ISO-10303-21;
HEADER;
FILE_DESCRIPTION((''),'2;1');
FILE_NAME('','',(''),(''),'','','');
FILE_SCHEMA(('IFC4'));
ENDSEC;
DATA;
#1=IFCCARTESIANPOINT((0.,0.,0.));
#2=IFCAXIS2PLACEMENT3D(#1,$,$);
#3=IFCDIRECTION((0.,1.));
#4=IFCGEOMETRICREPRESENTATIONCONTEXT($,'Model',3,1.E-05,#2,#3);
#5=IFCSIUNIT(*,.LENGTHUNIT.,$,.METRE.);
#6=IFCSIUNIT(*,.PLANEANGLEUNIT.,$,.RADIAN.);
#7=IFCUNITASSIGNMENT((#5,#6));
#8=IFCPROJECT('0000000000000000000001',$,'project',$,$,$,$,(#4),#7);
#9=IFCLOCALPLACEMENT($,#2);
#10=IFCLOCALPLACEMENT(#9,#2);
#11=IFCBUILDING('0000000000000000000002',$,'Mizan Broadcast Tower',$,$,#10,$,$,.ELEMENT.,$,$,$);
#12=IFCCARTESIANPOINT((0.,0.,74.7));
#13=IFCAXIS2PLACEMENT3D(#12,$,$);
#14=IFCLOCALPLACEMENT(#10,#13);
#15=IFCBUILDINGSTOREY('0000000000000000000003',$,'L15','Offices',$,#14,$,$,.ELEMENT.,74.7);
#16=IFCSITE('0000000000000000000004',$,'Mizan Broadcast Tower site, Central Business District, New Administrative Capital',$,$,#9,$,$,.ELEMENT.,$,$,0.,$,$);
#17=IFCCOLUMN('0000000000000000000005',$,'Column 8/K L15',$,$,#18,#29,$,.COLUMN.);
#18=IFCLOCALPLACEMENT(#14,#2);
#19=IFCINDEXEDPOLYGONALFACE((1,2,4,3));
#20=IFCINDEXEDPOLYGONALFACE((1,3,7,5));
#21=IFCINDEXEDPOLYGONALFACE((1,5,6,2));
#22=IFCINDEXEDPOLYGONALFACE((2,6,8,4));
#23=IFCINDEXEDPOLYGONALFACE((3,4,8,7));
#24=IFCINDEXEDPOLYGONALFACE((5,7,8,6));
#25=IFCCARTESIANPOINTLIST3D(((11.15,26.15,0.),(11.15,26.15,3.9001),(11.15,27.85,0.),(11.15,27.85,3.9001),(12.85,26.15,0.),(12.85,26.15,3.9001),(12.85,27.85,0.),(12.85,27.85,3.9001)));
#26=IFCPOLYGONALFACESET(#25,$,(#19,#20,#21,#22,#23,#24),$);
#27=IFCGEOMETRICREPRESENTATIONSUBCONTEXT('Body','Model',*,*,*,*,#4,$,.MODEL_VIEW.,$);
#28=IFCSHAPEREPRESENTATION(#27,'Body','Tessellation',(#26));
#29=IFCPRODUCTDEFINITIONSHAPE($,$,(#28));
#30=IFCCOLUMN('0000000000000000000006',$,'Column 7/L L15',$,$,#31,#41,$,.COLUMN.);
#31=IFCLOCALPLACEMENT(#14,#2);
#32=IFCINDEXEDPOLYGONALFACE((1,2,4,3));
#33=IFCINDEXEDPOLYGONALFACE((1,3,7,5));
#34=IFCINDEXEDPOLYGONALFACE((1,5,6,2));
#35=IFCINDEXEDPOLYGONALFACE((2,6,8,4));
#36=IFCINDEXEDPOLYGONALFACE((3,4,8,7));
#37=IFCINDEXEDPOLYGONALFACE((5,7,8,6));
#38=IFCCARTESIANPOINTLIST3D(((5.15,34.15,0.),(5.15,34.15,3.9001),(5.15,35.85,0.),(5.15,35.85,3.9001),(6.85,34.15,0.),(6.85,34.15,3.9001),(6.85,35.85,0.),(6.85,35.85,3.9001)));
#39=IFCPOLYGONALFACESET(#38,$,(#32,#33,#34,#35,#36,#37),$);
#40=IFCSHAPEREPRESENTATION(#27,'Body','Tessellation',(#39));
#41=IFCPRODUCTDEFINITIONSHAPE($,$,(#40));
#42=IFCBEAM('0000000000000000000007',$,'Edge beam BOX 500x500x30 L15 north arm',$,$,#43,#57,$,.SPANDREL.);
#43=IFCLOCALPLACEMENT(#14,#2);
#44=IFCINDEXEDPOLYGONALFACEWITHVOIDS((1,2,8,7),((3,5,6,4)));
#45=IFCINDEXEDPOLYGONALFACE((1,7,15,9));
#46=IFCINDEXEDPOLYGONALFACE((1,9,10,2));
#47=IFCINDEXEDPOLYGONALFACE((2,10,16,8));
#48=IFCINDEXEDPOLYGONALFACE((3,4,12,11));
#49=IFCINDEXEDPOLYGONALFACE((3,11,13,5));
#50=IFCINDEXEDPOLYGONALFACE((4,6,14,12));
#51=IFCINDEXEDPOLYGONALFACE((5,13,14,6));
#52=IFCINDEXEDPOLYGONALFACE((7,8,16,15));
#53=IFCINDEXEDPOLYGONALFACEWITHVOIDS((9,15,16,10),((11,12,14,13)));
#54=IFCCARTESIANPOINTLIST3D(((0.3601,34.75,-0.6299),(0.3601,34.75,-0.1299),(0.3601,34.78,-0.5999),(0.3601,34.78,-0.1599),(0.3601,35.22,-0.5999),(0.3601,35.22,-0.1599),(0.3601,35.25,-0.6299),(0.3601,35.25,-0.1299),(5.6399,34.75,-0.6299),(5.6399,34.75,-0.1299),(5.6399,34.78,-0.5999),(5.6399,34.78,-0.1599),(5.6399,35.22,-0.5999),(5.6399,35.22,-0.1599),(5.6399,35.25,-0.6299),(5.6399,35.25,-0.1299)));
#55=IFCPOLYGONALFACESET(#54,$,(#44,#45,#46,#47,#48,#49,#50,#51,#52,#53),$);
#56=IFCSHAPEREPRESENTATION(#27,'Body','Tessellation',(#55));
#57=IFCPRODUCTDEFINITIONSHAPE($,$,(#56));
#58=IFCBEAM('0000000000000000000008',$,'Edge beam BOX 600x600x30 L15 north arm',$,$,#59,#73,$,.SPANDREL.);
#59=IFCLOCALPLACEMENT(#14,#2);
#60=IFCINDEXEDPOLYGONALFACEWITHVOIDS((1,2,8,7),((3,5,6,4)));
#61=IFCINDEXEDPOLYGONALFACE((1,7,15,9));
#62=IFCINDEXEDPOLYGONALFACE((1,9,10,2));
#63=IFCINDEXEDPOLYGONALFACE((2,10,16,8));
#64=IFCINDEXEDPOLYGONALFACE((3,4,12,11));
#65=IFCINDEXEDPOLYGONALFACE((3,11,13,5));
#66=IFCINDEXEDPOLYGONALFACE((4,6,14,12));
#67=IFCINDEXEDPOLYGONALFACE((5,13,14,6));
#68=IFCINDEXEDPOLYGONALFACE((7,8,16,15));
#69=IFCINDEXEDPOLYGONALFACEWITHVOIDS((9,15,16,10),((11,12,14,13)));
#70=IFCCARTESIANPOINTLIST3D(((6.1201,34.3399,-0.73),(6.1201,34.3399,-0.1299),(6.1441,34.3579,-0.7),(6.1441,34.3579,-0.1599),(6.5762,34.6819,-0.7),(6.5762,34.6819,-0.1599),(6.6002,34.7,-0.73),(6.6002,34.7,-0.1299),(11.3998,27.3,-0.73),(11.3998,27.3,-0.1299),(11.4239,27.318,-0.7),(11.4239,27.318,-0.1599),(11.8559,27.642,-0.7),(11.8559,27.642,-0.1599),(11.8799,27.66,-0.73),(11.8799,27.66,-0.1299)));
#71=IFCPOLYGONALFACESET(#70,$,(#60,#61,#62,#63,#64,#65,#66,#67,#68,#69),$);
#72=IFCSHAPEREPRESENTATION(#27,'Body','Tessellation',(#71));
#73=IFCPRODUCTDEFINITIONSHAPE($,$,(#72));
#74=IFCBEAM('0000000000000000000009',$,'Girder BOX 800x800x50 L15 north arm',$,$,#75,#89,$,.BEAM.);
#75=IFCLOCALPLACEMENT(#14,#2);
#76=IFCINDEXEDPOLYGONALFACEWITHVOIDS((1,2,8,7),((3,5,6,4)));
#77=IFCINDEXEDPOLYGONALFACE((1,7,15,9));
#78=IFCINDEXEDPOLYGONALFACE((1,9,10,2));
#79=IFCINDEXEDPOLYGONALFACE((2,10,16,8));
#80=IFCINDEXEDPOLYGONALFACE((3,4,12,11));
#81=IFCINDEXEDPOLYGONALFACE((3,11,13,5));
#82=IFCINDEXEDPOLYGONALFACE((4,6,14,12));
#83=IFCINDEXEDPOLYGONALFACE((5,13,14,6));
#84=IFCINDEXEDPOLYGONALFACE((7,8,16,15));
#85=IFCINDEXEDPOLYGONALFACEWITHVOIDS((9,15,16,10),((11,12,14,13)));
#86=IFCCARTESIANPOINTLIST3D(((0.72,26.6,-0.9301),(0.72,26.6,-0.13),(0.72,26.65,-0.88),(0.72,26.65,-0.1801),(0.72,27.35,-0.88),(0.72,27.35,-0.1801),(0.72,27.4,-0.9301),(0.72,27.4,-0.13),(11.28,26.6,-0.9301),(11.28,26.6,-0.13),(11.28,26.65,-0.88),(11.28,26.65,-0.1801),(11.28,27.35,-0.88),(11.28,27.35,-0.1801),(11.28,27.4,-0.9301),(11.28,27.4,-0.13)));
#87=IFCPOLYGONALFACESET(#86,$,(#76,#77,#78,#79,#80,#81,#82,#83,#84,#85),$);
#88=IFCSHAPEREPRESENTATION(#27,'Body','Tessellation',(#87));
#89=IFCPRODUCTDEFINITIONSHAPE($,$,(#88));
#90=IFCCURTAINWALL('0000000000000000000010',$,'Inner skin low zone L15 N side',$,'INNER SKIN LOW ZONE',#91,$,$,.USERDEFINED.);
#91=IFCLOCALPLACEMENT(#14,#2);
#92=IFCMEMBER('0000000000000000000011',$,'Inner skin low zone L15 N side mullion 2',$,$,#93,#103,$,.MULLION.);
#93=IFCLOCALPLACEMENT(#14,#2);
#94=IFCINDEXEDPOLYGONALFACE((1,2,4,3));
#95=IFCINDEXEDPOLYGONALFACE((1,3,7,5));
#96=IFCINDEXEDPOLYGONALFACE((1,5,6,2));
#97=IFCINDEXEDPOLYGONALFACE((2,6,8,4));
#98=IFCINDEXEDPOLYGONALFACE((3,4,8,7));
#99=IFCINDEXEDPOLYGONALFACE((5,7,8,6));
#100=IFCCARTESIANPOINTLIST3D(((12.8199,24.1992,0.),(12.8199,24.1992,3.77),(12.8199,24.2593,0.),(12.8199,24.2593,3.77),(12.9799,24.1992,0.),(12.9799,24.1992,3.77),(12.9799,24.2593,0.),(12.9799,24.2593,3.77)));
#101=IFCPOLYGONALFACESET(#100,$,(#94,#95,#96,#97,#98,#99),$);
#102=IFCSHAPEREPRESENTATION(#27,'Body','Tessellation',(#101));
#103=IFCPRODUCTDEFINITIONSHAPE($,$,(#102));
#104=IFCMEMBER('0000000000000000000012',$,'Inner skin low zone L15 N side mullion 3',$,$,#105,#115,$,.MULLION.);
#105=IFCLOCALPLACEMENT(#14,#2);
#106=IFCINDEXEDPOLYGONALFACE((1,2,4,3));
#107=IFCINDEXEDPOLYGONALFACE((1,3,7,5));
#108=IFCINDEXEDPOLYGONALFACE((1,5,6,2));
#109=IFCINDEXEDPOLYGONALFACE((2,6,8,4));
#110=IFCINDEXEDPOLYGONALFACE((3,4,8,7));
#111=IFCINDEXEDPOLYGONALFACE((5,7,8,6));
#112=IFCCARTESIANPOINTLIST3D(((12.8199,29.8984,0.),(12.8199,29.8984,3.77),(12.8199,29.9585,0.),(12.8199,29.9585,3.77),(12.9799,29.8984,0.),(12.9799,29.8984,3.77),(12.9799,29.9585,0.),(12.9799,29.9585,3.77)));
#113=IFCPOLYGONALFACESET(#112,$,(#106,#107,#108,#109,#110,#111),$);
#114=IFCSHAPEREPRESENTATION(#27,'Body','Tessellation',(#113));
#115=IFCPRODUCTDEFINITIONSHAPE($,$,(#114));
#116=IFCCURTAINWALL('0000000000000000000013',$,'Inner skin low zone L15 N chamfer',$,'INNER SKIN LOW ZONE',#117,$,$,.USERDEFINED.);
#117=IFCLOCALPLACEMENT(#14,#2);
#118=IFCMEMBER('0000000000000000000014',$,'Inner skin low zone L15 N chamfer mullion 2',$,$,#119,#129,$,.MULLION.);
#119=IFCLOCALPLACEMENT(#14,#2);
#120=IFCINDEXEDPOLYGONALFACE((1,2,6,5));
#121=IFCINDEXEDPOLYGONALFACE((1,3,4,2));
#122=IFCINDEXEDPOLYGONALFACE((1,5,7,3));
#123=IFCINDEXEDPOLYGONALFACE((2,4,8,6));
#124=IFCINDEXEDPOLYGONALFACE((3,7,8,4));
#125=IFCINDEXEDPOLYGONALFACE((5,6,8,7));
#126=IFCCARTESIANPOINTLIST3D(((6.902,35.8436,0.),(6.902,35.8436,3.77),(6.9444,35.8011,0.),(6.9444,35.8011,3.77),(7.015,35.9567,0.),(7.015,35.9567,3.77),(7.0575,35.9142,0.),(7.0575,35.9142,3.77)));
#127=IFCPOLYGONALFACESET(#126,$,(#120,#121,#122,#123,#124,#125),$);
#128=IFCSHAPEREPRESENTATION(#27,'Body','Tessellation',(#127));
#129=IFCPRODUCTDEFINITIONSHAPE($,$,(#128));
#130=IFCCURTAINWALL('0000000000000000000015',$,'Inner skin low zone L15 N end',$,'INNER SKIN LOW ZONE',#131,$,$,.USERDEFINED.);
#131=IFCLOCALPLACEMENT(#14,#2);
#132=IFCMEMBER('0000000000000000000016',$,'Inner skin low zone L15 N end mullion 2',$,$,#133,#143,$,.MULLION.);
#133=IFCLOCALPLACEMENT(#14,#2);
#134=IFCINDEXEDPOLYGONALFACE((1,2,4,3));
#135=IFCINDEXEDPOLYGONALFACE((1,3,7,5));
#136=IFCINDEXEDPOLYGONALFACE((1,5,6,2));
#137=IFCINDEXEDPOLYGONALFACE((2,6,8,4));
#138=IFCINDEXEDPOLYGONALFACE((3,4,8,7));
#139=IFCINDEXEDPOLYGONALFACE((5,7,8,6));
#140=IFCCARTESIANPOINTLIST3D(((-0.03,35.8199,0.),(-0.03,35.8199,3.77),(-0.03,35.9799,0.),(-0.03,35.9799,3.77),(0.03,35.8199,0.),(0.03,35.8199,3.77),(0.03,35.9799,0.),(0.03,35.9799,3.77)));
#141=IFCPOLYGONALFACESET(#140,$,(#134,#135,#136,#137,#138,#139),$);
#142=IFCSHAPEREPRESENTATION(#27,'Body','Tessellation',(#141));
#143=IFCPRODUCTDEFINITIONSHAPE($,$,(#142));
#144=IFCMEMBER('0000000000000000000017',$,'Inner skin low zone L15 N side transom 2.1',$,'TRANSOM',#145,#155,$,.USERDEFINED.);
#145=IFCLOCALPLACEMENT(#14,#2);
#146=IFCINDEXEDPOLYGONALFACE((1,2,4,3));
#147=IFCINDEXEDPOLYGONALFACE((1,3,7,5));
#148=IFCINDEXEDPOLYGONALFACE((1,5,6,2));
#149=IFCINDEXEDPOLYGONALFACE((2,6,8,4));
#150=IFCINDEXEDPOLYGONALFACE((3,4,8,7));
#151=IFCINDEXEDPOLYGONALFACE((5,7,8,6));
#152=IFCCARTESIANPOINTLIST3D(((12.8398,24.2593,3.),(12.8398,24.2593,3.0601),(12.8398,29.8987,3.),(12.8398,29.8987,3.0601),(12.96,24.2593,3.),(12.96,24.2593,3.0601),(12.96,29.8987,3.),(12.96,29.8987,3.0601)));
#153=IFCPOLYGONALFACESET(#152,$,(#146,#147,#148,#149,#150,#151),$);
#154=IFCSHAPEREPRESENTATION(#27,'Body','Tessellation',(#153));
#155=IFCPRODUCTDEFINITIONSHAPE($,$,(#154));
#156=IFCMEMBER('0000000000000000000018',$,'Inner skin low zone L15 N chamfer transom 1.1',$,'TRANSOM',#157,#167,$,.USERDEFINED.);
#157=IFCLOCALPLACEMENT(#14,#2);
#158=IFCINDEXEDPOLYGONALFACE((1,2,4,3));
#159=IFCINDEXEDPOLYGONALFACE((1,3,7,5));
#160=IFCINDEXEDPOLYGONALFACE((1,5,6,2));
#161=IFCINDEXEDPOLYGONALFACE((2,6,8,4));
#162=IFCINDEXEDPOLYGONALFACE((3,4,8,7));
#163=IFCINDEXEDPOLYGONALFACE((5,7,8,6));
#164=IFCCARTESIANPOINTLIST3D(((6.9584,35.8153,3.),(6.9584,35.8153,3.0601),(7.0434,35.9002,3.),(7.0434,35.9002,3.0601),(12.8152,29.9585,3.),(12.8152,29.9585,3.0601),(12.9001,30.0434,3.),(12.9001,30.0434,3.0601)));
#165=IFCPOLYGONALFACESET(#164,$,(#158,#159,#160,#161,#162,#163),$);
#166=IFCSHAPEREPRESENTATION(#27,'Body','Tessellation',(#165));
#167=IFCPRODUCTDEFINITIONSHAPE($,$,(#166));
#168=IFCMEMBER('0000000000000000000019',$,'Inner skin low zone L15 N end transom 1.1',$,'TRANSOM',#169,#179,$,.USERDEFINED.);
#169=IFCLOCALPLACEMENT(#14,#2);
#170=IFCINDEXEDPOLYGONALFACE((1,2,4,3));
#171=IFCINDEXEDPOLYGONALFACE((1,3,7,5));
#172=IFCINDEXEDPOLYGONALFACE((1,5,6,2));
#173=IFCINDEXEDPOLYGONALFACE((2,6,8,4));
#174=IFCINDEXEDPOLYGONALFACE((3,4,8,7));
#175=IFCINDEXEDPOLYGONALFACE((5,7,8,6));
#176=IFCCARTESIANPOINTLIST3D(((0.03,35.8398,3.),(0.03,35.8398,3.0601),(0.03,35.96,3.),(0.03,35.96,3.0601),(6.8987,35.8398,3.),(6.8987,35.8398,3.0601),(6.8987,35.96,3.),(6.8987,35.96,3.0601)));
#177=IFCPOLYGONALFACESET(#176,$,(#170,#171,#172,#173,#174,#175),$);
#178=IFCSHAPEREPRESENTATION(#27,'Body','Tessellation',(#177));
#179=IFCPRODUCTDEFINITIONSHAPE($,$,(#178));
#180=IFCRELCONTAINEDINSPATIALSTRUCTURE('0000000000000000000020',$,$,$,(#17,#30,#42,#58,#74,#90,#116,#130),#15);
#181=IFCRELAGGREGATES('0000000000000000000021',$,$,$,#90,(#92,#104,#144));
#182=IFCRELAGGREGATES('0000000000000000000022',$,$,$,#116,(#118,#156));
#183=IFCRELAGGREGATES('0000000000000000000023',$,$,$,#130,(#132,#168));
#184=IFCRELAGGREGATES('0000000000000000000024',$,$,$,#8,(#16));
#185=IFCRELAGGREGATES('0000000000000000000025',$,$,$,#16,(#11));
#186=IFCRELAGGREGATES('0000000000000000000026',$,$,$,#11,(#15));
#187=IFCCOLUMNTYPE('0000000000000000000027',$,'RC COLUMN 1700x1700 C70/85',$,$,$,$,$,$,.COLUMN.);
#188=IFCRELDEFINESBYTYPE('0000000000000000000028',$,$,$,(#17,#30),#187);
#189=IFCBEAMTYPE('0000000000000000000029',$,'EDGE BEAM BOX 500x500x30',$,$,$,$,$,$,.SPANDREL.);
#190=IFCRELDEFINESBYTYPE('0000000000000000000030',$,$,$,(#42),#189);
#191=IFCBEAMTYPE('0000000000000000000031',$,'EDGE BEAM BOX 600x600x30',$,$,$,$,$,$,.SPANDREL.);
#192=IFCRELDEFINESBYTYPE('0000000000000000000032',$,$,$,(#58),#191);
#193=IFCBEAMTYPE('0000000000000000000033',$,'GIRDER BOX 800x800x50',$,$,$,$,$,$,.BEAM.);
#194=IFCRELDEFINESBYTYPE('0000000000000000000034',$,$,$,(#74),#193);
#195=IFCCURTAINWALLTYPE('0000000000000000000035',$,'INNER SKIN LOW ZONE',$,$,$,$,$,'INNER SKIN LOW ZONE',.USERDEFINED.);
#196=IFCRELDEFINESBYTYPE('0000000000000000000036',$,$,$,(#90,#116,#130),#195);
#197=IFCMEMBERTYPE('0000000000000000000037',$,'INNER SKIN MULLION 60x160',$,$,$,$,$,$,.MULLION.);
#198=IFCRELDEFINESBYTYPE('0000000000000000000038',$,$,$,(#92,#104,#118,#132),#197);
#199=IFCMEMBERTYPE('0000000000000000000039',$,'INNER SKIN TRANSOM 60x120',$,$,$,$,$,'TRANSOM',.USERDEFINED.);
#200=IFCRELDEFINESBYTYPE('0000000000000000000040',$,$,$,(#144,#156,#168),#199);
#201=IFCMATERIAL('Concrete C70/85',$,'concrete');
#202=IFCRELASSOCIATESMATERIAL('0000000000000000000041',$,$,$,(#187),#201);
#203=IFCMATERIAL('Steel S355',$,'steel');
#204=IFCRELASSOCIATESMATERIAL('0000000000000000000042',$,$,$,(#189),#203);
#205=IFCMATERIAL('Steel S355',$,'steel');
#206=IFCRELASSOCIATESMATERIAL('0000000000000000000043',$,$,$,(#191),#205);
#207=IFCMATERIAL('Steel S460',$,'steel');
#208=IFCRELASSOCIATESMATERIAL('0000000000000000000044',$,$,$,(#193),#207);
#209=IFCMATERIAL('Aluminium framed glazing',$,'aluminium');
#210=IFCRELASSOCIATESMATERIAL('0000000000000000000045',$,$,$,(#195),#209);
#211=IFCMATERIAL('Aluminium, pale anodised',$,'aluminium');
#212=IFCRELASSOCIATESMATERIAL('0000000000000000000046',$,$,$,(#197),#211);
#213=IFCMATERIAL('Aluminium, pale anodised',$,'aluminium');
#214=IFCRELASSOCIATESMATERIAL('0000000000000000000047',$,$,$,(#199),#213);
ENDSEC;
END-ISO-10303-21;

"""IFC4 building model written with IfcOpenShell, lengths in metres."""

from ifc_helpers import new_model, si_unit, direction, frame, origin, origin_2d, place, context, subcontext, project, spatial, rectangle, hollow_rectangle, extrude, material, material_profile, profile_set, type_object, element, aggregate, save


model = new_model("IFC4")

# Units and contexts
model_context = context("Model", 3, precision=1e-05, world=origin(), true_north=direction((0.0, 1.0)))
body_context = subcontext(model_context, "Body", "Model", "MODEL_VIEW")
ifc_project = project(units=[si_unit("LENGTHUNIT", "METRE"), si_unit("PLANEANGLEUNIT", "RADIAN")], contexts=[model_context])

# Site, building, storey
site_placement = place(None, origin())
site = spatial("IfcSite", under=ifc_project, at=site_placement, Name="Mizan Broadcast Tower site, Central Business District, New Administrative Capital", CompositionType="ELEMENT", RefElevation=0.0)
building_placement = place(site_placement, origin())
building = spatial("IfcBuilding", under=site, at=building_placement, Name="Mizan Broadcast Tower", CompositionType="ELEMENT")
storey_placement = place(building_placement, frame((0.0, 0.0, 74.7)))
storey = spatial("IfcBuildingStorey", under=building, at=storey_placement, Name="L15", Description="Offices", CompositionType="ELEMENT", Elevation=74.7)

# Columns
ifc_material_1 = material(Name="Concrete C70/85", Category="concrete")
ifc_material_profile_1 = material_profile(ifc_material_1, rectangle(XDim=1.7, YDim=1.7, at=origin_2d()), Name="RC 1700x1700")
ifc_profile_set_1 = profile_set([ifc_material_profile_1], Name="Concrete C70/85")
column_type = type_object("IfcColumnType", Name="RC COLUMN 1700x1700 C70/85", PredefinedType="COLUMN", material=ifc_profile_set_1)
for number, where, z_axis, x_axis, name in (
    (1, (12.0, 27.0, 0.0), (0.0, 0.0, 1.0), (1.0, 0.0, 0.0), "Column 8/K L15"),
    (2, (6.0, 35.0, 0.0), (0.0, 0.0, 1.0), (1.0, 0.0, 0.0), "Column 7/L L15"),
):
    element("IfcColumn", number, at=place(storey_placement, frame(where, z_axis=z_axis, x_axis=x_axis)), inside=storey, type_object=column_type, Name=name, PredefinedType="COLUMN", context=body_context, shape_type="SweptSolid", body=[
        extrude(rectangle(XDim=1.7, YDim=1.7, at=origin_2d()), origin(), (0.0, 0.0, 1.0), 3.9001),
    ])

# Beams
ifc_material_2 = material(Name="Steel S355", Category="steel")
ifc_material_profile_2 = material_profile(ifc_material_2, hollow_rectangle(XDim=0.5, YDim=0.5, WallThickness=0.03, at=origin_2d()), Name="BOX 500x500x30")
ifc_profile_set_2 = profile_set([ifc_material_profile_2], Name="Steel S355")
beam_type_1 = type_object("IfcBeamType", Name="EDGE BEAM BOX 500x500x30", PredefinedType="SPANDREL", material=ifc_profile_set_2)
beam_1_placement = place(storey_placement, frame((5.6399, 35.0, -0.3799), z_axis=(-1.0, 0.0, 0.0), x_axis=(0.0, -1.0, 0.0)))
element("IfcBeam", 3, at=beam_1_placement, inside=storey, type_object=beam_type_1, Name="Edge beam BOX 500x500x30 L15 north arm", PredefinedType="SPANDREL", context=body_context, shape_type="SweptSolid", body=[
    extrude(hollow_rectangle(XDim=0.5, YDim=0.5, WallThickness=0.03, at=origin_2d()), origin(), (0.0, 0.0, 1.0), 5.2798),
])
ifc_material_3 = material(Name="Steel S355", Category="steel")
ifc_material_profile_3 = material_profile(ifc_material_3, hollow_rectangle(XDim=0.6001, YDim=0.6001, WallThickness=0.03, at=origin_2d()), Name="BOX 600x600x30")
ifc_profile_set_3 = profile_set([ifc_material_profile_3], Name="Steel S355")
beam_type_2 = type_object("IfcBeamType", Name="EDGE BEAM BOX 600x600x30", PredefinedType="SPANDREL", material=ifc_profile_set_3)
beam_2_placement = place(storey_placement, frame((11.6399, 27.48, -0.4299), z_axis=(-0.599982, 0.800013, 0.0), x_axis=(-0.800013, -0.599982, 0.0)))
element("IfcBeam", 4, at=beam_2_placement, inside=storey, type_object=beam_type_2, Name="Edge beam BOX 600x600x30 L15 north arm", PredefinedType="SPANDREL", context=body_context, shape_type="SweptSolid", body=[
    extrude(hollow_rectangle(XDim=0.6001, YDim=0.6001, WallThickness=0.03, at=origin_2d()), origin(), (0.0, 0.0, 1.0), 8.7998),
])
ifc_material_4 = material(Name="Steel S460", Category="steel")
ifc_material_profile_4 = material_profile(ifc_material_4, hollow_rectangle(XDim=0.8, YDim=0.8, WallThickness=0.05, at=origin_2d()), Name="BOX 800x800x50")
ifc_profile_set_4 = profile_set([ifc_material_profile_4], Name="Steel S460")
beam_type_3 = type_object("IfcBeamType", Name="GIRDER BOX 800x800x50", PredefinedType="BEAM", material=ifc_profile_set_4)
beam_3_placement = place(storey_placement, frame((11.28, 27.0, -0.53), z_axis=(-1.0, 0.0, 0.0), x_axis=(0.0, -1.0, 0.0)))
element("IfcBeam", 5, at=beam_3_placement, inside=storey, type_object=beam_type_3, Name="Girder BOX 800x800x50 L15 north arm", PredefinedType="BEAM", context=body_context, shape_type="SweptSolid", body=[
    extrude(hollow_rectangle(XDim=0.8, YDim=0.8, WallThickness=0.05, at=origin_2d()), origin(), (0.0, 0.0, 1.0), 10.5601),
])

# Curtain wall, members
ifc_material_5 = material(Name="Aluminium framed glazing", Category="aluminium")
curtain_wall_type_1 = type_object("IfcCurtainWallType", Name="INNER SKIN LOW ZONE", ElementType="INNER SKIN LOW ZONE", PredefinedType="USERDEFINED", material=ifc_material_5)
curtain_wall_1_placement = place(storey_placement, origin())
curtain_wall_1 = element("IfcCurtainWall", 6, at=curtain_wall_1_placement, inside=storey, type_object=curtain_wall_type_1, Name="Inner skin low zone L15 N side", ObjectType="INNER SKIN LOW ZONE", PredefinedType="USERDEFINED")
ifc_material_6 = material(Name="Aluminium, pale anodised", Category="aluminium")
ifc_material_profile_5 = material_profile(ifc_material_6, rectangle(XDim=0.1599, YDim=0.0601, at=origin_2d()), Name="MULLION 160x60")
ifc_profile_set_5 = profile_set([ifc_material_profile_5], Name="Aluminium, pale anodised")
member_type_1 = type_object("IfcMemberType", Name="INNER SKIN MULLION 60x160", PredefinedType="MULLION", material=ifc_profile_set_5)
member_1_placement = place(storey_placement, frame((12.8999, 24.2292, 0.0), z_axis=(0.0, 0.0, 1.0), x_axis=(-1.0, 0.0, 0.0)))
member_1 = element("IfcMember", 7, at=member_1_placement, type_object=member_type_1, Name="Inner skin low zone L15 N side mullion 2", PredefinedType="MULLION", context=body_context, shape_type="SweptSolid", body=[
    extrude(rectangle(XDim=0.1599, YDim=0.0601, at=origin_2d()), origin(), (0.0, 0.0, 1.0), 3.77),
])
member_2_placement = place(storey_placement, frame((12.8999, 29.9285, 0.0), z_axis=(0.0, 0.0, 1.0), x_axis=(-1.0, 0.0, 0.0)))
member_2 = element("IfcMember", 8, at=member_2_placement, type_object=member_type_1, Name="Inner skin low zone L15 N side mullion 3", PredefinedType="MULLION", context=body_context, shape_type="SweptSolid", body=[
    extrude(rectangle(XDim=0.1599, YDim=0.0601, at=origin_2d()), origin(), (0.0, 0.0, 1.0), 3.77),
])

# Curtain walls, members
curtain_wall_2_placement = place(storey_placement, origin())
curtain_wall_2 = element("IfcCurtainWall", 9, at=curtain_wall_2_placement, inside=storey, type_object=curtain_wall_type_1, Name="Inner skin low zone L15 N chamfer", ObjectType="INNER SKIN LOW ZONE", PredefinedType="USERDEFINED")
member_3_placement = place(storey_placement, frame((6.9797, 35.8789, 0.0), z_axis=(0.0, 0.0, 1.0), x_axis=(-0.707107, -0.707107, 0.0)))
member_3 = element("IfcMember", 10, at=member_3_placement, type_object=member_type_1, Name="Inner skin low zone L15 N chamfer mullion 2", PredefinedType="MULLION", context=body_context, shape_type="SweptSolid", body=[
    extrude(rectangle(XDim=0.1599, YDim=0.0601, at=origin_2d()), origin(), (0.0, 0.0, 1.0), 3.77),
])
curtain_wall_3_placement = place(storey_placement, origin())
curtain_wall_3 = element("IfcCurtainWall", 11, at=curtain_wall_3_placement, inside=storey, type_object=curtain_wall_type_1, Name="Inner skin low zone L15 N end", ObjectType="INNER SKIN LOW ZONE", PredefinedType="USERDEFINED")
member_4_placement = place(storey_placement, frame((0.0, 35.8999, 0.0), z_axis=(0.0, 0.0, 1.0), x_axis=(0.0, -1.0, 0.0)))
member_4 = element("IfcMember", 12, at=member_4_placement, type_object=member_type_1, Name="Inner skin low zone L15 N end mullion 2", PredefinedType="MULLION", context=body_context, shape_type="SweptSolid", body=[
    extrude(rectangle(XDim=0.1599, YDim=0.0601, at=origin_2d()), origin(), (0.0, 0.0, 1.0), 3.77),
])

# Members
ifc_material_7 = material(Name="Aluminium, pale anodised", Category="aluminium")
ifc_material_profile_6 = material_profile(ifc_material_7, rectangle(XDim=0.1201, YDim=0.0601, at=origin_2d()), Name="TRANSOM 120x60")
ifc_profile_set_6 = profile_set([ifc_material_profile_6], Name="Aluminium, pale anodised")
member_type_2 = type_object("IfcMemberType", Name="INNER SKIN TRANSOM 60x120", ElementType="TRANSOM", PredefinedType="USERDEFINED", material=ifc_profile_set_6)
member_5_placement = place(storey_placement, frame((12.8999, 24.2593, 3.03), z_axis=(0.0, 1.0, 0.0), x_axis=(-1.0, 0.0, 0.0)))
member_5 = element("IfcMember", 13, at=member_5_placement, type_object=member_type_2, Name="Inner skin low zone L15 N side transom 2.1", ObjectType="TRANSOM", PredefinedType="USERDEFINED", context=body_context, shape_type="SweptSolid", body=[
    extrude(rectangle(XDim=0.1201, YDim=0.0601, at=origin_2d()), origin(), (0.0, 0.0, 1.0), 5.6394),
])
member_6_placement = place(storey_placement, frame((12.8577, 30.001, 3.03), z_axis=(-0.707107, 0.707107, 0.0), x_axis=(-0.707107, -0.707107, 0.0)))
member_6 = element("IfcMember", 14, at=member_6_placement, type_object=member_type_2, Name="Inner skin low zone L15 N chamfer transom 1.1", ObjectType="TRANSOM", PredefinedType="USERDEFINED", context=body_context, shape_type="SweptSolid", body=[
    extrude(rectangle(XDim=0.1201, YDim=0.0601, at=origin_2d()), origin(), (0.0, 0.0, 1.0), 8.2827),
])
member_7_placement = place(storey_placement, frame((6.8987, 35.8999, 3.03), z_axis=(-1.0, 0.0, 0.0), x_axis=(0.0, -1.0, 0.0)))
member_7 = element("IfcMember", 15, at=member_7_placement, type_object=member_type_2, Name="Inner skin low zone L15 N end transom 1.1", ObjectType="TRANSOM", PredefinedType="USERDEFINED", context=body_context, shape_type="SweptSolid", body=[
    extrude(rectangle(XDim=0.1201, YDim=0.0601, at=origin_2d()), origin(), (0.0, 0.0, 1.0), 6.8687),
])

aggregate(curtain_wall_1, [member_1, member_2, member_5])
aggregate(curtain_wall_2, [member_3, member_6])
aggregate(curtain_wall_3, [member_4, member_7])

save(model, "model.ifc")
